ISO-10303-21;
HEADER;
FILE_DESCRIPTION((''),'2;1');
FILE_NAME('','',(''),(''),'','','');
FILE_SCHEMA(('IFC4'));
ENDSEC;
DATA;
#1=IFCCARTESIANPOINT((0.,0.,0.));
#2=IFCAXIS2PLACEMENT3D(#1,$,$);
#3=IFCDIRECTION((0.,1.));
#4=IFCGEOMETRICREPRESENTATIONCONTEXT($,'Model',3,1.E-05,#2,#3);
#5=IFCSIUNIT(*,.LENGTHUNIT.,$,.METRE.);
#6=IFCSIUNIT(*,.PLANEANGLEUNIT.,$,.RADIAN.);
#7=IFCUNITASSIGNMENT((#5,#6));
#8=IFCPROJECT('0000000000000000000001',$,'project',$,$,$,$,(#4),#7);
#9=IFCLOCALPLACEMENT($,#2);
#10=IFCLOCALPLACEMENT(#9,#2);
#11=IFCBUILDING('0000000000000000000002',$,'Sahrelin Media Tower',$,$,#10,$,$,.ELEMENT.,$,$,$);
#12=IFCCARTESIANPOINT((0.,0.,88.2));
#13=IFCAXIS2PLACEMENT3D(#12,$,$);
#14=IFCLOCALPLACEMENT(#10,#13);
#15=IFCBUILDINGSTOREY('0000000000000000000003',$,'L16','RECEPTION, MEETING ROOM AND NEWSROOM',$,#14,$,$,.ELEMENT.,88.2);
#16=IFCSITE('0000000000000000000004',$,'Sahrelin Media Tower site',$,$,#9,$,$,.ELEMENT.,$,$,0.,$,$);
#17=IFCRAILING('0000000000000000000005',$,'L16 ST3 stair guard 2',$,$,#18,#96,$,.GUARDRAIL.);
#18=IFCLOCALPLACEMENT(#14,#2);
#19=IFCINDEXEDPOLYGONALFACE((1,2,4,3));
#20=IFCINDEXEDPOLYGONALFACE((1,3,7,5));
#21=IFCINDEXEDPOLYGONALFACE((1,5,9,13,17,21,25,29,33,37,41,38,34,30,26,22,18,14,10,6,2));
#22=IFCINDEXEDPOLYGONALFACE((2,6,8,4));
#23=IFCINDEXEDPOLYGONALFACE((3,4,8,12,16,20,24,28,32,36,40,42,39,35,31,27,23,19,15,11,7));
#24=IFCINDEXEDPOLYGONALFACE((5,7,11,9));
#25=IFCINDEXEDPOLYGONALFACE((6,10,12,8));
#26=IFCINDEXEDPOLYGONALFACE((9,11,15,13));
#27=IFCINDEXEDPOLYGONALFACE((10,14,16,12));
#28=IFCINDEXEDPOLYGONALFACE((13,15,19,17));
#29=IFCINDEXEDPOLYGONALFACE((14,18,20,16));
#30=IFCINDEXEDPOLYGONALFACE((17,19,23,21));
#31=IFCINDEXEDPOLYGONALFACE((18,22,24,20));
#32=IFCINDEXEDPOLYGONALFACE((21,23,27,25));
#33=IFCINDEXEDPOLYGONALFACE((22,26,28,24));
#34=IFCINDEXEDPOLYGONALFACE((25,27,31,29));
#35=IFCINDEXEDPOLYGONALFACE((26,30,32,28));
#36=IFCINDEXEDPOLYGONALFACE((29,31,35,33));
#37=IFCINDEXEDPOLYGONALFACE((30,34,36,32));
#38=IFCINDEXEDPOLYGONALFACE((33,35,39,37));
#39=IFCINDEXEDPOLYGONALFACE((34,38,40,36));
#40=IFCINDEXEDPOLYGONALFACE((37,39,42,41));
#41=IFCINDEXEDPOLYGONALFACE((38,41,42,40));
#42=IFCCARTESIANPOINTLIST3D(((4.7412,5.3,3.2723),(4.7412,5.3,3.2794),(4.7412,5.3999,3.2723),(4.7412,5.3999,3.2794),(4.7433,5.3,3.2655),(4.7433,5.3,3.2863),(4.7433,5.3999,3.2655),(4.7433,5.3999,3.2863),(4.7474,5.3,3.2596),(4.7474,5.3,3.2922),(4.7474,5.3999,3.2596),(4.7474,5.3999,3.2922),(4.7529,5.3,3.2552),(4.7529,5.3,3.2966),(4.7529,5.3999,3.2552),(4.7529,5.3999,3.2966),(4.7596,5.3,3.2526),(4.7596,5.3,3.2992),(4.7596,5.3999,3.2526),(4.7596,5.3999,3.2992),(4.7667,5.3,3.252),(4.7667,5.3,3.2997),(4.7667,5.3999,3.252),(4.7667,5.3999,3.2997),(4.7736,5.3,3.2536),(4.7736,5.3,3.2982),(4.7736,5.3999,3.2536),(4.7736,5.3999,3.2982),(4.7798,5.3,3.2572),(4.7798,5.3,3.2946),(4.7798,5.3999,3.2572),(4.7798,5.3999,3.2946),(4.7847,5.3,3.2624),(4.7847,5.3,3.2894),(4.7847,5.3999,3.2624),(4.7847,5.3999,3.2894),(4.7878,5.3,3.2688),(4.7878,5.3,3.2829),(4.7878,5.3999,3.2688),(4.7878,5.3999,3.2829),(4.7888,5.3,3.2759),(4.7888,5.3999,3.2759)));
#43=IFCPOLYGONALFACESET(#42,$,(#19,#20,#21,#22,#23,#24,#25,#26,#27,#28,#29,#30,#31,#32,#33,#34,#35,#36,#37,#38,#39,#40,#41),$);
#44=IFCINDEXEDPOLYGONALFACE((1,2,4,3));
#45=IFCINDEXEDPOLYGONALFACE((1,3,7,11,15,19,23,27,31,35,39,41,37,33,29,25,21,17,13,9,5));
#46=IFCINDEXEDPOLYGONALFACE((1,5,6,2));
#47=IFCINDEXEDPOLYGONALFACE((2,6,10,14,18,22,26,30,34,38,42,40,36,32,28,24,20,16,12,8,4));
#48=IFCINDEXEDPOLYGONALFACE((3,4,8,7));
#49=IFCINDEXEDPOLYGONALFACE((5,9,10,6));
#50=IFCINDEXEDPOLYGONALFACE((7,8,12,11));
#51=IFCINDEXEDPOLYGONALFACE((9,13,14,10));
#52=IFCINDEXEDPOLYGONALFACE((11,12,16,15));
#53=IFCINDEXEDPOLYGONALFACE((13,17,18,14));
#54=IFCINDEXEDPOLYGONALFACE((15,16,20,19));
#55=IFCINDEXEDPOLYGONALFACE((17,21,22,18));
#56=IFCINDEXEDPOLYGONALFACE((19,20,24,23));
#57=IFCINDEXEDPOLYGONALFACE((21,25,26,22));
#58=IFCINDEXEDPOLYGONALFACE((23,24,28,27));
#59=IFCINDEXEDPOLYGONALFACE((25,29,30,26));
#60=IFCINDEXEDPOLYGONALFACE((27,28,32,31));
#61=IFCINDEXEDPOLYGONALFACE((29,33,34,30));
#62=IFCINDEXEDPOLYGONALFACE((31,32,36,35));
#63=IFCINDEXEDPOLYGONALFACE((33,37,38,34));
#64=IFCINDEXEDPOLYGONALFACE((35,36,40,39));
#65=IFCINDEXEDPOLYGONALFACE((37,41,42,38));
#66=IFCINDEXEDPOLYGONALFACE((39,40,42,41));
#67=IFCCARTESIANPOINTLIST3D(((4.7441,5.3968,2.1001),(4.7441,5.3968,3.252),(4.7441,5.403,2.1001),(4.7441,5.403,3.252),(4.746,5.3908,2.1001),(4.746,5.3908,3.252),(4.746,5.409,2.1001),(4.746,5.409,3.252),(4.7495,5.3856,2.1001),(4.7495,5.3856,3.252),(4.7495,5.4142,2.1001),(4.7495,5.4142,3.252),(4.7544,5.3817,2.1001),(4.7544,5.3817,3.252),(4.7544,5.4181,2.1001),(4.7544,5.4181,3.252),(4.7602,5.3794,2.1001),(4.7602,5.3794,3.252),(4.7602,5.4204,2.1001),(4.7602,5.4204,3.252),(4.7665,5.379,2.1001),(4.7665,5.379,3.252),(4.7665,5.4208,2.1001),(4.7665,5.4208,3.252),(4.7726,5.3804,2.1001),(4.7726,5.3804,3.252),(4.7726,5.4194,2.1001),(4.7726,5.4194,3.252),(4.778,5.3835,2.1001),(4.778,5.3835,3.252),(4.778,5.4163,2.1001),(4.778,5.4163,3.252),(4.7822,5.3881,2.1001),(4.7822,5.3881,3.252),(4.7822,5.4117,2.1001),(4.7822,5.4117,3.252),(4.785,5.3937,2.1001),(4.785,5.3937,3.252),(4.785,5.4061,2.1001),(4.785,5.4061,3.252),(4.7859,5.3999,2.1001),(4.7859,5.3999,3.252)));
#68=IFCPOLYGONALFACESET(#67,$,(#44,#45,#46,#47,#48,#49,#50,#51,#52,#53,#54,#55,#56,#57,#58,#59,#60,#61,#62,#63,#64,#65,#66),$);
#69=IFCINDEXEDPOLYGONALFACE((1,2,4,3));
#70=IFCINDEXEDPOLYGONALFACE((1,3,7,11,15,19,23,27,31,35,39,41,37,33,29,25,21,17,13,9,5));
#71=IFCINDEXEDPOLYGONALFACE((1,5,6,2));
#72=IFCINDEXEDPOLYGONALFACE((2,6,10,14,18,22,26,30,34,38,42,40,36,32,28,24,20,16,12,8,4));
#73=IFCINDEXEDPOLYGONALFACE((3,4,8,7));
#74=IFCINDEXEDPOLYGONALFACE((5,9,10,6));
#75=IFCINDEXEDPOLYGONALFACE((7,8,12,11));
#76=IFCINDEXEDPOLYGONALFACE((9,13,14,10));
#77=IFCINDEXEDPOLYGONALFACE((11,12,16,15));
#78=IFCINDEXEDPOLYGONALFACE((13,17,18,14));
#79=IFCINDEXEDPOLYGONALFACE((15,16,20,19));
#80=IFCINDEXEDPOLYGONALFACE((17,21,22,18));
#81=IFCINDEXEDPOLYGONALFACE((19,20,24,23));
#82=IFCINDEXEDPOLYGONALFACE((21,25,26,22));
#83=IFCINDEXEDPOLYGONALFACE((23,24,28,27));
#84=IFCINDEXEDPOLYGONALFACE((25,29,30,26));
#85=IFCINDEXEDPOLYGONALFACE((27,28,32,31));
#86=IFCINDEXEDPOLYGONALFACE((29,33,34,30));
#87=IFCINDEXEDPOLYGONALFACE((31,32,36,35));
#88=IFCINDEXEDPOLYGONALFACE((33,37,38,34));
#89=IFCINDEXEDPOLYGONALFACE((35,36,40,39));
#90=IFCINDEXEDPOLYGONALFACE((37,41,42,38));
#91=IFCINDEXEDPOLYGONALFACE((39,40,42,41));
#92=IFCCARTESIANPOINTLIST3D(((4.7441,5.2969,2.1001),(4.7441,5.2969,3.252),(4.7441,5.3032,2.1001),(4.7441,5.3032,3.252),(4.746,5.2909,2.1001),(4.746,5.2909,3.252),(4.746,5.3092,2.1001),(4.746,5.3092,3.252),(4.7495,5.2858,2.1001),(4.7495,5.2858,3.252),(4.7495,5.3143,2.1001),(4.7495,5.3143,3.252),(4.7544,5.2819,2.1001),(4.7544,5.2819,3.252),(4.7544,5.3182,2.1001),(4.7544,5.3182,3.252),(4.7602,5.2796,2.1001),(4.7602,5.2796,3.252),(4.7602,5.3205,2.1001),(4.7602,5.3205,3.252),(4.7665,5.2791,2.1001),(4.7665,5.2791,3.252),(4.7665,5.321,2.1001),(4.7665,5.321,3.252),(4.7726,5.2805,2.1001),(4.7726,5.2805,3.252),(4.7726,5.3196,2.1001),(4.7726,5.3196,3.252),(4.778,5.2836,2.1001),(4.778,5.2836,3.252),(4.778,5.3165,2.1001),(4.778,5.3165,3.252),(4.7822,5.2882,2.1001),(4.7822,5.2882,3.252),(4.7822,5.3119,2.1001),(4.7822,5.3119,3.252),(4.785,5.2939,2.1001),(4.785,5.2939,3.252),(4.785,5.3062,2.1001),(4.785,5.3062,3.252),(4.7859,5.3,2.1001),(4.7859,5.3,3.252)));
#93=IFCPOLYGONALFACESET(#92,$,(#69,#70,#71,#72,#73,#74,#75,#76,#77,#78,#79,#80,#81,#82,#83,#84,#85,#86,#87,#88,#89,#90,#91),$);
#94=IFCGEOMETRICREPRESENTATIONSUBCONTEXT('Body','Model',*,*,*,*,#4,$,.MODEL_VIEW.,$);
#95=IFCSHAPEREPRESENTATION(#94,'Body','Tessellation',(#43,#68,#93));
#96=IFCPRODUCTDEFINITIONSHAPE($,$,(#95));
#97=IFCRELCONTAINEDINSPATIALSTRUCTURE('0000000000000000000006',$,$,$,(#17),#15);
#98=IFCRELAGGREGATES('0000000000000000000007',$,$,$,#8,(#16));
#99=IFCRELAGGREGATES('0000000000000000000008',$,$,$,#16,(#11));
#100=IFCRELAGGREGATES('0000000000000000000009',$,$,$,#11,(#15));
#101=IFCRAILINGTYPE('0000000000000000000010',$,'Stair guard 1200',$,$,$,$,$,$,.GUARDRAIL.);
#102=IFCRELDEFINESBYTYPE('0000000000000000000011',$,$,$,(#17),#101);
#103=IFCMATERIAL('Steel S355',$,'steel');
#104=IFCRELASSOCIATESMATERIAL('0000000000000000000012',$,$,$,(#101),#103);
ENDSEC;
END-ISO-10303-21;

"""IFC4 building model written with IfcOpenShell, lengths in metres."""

from ifc_helpers import new_model, si_unit, direction, frame, origin, origin_2d, place, context, subcontext, project, spatial, circle, extrude, material, type_object, element, save


model = new_model("IFC4")

# Units and contexts
model_context = context("Model", 3, precision=1e-05, world=origin(), true_north=direction((0.0, 1.0)))
body_context = subcontext(model_context, "Body", "Model", "MODEL_VIEW")
ifc_project = project(units=[si_unit("LENGTHUNIT", "METRE"), si_unit("PLANEANGLEUNIT", "RADIAN")], contexts=[model_context])

# Site, building, storey
site_placement = place(None, origin())
site = spatial("IfcSite", under=ifc_project, at=site_placement, Name="Sahrelin Media Tower site", CompositionType="ELEMENT", RefElevation=0.0)
building_placement = place(site_placement, origin())
building = spatial("IfcBuilding", under=site, at=building_placement, Name="Sahrelin Media Tower", CompositionType="ELEMENT")
storey_placement = place(building_placement, frame((0.0, 0.0, 88.2)))
storey = spatial("IfcBuildingStorey", under=building, at=storey_placement, Name="L16", Description="RECEPTION, MEETING ROOM AND NEWSROOM", CompositionType="ELEMENT", Elevation=88.2)

# Shared definitions
ifc_material_1 = material(Name="Steel S355", Category="steel")

# Railing
railing_type_1 = type_object("IfcRailingType", Name="Stair guard 1200", PredefinedType="GUARDRAIL", material=ifc_material_1)
railing_1_placement = place(storey_placement, frame((4.7649, 5.3999, 2.1001)))
element("IfcRailing", 1, at=railing_1_placement, inside=storey, type_object=railing_type_1, Name="L16 ST3 stair guard 2", PredefinedType="GUARDRAIL", context=body_context, shape_type="SweptSolid", body=[
    extrude(circle(Radius=0.0239, at=origin_2d()), frame((0.0, 0.0, 1.1758), z_axis=(0.0, -1.0, 0.0), x_axis=(1.0, 0.0, 0.0)), (0.0, 0.0, 1.0), 0.0999),
    extrude(circle(Radius=0.021, at=origin_2d()), origin(), (0.0, 0.0, 1.0), 1.1519),
    extrude(circle(Radius=0.021, at=origin_2d()), frame((0.0, -0.0999, 0.0)), (0.0, 0.0, 1.0), 1.1519),
])

save(model, "model.ifc")
